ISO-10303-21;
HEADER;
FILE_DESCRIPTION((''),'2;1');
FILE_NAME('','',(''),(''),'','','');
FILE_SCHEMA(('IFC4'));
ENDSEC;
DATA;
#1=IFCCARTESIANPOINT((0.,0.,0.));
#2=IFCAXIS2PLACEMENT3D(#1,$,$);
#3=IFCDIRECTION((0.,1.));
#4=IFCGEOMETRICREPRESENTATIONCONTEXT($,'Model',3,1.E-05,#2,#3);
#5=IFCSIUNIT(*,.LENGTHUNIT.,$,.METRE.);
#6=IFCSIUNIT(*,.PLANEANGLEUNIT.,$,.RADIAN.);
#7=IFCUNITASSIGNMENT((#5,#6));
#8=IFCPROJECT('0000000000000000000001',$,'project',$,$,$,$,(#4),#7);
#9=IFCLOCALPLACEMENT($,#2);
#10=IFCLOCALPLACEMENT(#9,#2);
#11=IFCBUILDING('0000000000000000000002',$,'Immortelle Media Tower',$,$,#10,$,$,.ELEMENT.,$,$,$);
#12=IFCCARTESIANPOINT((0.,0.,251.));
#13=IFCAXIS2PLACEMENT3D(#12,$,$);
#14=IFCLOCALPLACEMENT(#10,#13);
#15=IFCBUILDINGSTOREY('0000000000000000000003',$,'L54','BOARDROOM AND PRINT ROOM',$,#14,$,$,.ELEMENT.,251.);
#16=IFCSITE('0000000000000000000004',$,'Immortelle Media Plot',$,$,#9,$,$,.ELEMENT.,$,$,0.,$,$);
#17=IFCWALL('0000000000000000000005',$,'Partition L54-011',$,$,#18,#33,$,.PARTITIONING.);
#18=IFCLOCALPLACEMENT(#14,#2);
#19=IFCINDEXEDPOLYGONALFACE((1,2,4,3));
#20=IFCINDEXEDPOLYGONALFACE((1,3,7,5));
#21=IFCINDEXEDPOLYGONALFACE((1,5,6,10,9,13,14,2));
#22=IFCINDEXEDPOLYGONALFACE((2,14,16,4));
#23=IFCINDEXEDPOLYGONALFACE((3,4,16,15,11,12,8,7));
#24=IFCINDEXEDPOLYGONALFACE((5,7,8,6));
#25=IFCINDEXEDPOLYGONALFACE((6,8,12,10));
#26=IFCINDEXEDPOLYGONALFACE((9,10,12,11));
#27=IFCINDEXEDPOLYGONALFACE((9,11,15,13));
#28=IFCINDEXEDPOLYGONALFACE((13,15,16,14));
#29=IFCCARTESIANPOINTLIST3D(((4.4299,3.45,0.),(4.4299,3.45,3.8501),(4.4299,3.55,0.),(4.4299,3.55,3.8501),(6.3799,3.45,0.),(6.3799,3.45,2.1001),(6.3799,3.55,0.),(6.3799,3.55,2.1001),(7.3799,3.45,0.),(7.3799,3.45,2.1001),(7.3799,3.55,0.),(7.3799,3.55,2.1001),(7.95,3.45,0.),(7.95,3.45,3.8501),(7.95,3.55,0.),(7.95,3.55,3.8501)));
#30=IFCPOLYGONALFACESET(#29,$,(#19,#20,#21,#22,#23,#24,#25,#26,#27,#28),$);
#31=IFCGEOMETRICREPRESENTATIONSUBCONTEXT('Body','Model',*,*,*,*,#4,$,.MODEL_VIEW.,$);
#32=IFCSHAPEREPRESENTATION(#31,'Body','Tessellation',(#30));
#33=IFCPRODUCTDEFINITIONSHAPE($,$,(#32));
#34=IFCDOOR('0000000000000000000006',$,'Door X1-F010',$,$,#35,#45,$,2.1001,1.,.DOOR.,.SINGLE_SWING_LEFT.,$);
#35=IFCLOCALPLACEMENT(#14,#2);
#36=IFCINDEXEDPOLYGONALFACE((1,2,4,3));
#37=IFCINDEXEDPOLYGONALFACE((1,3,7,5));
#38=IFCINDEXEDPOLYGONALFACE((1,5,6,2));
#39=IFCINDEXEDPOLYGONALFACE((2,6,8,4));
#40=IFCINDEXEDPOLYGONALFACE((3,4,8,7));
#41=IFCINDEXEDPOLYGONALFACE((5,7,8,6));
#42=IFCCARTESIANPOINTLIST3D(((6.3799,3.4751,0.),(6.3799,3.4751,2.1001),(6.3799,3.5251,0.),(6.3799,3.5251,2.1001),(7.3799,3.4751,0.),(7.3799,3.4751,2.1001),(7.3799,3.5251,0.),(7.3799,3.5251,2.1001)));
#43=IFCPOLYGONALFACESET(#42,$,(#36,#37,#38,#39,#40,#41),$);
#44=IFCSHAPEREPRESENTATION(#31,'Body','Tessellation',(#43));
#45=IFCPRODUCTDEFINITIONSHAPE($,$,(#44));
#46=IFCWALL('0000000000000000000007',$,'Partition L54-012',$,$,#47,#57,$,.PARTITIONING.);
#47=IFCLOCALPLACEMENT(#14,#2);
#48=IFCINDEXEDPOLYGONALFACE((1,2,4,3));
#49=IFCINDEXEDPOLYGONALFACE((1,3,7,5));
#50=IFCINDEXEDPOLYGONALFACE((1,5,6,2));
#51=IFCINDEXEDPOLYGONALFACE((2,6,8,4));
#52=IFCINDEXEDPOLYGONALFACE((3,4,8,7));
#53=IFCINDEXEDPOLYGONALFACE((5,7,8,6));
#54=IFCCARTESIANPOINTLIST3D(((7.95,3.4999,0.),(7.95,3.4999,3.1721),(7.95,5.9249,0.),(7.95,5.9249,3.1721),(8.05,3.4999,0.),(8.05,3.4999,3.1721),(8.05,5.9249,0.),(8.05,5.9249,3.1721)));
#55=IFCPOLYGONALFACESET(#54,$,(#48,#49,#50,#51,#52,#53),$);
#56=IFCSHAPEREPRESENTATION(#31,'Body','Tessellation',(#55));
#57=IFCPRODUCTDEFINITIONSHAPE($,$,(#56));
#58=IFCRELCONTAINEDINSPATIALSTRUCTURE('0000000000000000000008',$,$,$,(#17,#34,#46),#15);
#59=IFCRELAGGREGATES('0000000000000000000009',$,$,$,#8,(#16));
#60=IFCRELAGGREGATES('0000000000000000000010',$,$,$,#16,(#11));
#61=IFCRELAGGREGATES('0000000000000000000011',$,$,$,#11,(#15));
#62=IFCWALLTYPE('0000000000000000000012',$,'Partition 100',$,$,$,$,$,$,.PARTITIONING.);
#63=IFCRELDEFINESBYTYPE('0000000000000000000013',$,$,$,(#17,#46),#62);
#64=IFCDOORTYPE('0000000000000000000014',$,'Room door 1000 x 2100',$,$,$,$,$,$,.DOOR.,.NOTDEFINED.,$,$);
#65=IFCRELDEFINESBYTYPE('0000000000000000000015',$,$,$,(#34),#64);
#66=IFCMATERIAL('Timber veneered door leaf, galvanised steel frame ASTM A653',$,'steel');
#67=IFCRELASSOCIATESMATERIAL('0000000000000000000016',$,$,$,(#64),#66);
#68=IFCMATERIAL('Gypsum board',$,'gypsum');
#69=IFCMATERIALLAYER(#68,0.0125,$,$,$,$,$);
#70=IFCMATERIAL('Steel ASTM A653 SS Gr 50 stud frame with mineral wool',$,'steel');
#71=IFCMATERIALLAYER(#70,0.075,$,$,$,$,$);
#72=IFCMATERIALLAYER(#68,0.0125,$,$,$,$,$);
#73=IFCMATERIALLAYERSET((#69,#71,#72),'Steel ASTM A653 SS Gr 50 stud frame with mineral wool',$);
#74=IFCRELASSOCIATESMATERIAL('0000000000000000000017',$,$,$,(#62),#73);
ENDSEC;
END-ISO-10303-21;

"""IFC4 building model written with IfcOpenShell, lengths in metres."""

from ifc_helpers import new_model, si_unit, direction, frame, frame_2d, origin, place, context, subcontext, project, spatial, rectangle, extrude, material, layer, layer_set, type_object, element, fill, save


model = new_model("IFC4")

# Units and contexts
model_context = context("Model", 3, precision=1e-05, world=origin(), true_north=direction((0.0, 1.0)))
body_context = subcontext(model_context, "Body", "Model", "MODEL_VIEW")
ifc_project = project(units=[si_unit("LENGTHUNIT", "METRE"), si_unit("PLANEANGLEUNIT", "RADIAN")], contexts=[model_context])

# Site, building, storey
site_placement = place(None, origin())
site = spatial("IfcSite", under=ifc_project, at=site_placement, Name="Immortelle Media Plot", CompositionType="ELEMENT", RefElevation=0.0)
building_placement = place(site_placement, origin())
building = spatial("IfcBuilding", under=site, at=building_placement, Name="Immortelle Media Tower", CompositionType="ELEMENT")
storey_placement = place(building_placement, frame((0.0, 0.0, 251.0)))
storey = spatial("IfcBuildingStorey", under=building, at=storey_placement, Name="L54", Description="BOARDROOM AND PRINT ROOM", CompositionType="ELEMENT", Elevation=251.0)

# Shared definitions
ifc_material_1 = material(Name="Steel ASTM A653 SS Gr 50 stud frame with mineral wool", Category="steel")
ifc_material_2 = material(Name="Timber veneered door leaf, galvanised steel frame ASTM A653", Category="steel")
door_type = type_object("IfcDoorType", Name="Room door 1000 x 2100", OperationType="NOTDEFINED", PredefinedType="DOOR", material=ifc_material_2)

# Shared definitions
ifc_material_3 = material(Name="Gypsum board", Category="gypsum")
ifc_layer_1 = layer(ifc_material_3, 0.0125)
ifc_layer_2 = layer(ifc_material_1, 0.075)
ifc_layer_3 = layer(ifc_material_3, 0.0125)
ifc_layer_set_1 = layer_set([ifc_layer_1, ifc_layer_2, ifc_layer_3], Name="Steel ASTM A653 SS Gr 50 stud frame with mineral wool")
wall_type_1 = type_object("IfcWallType", Name="Partition 100", PredefinedType="PARTITIONING", material=ifc_layer_set_1)

# Wall, opening, door
wall_1_placement = place(storey_placement, frame((4.4299, 3.5, 0.0), z_axis=(0.0, 0.0, 1.0), x_axis=(1.0, 0.0, 0.0)))
wall_1 = element("IfcWall", 1, at=wall_1_placement, inside=storey, type_object=wall_type_1, Name="Partition L54-011", PredefinedType="PARTITIONING", context=body_context, shape_type="SweptSolid", body=[
    extrude(rectangle(XDim=3.52, YDim=0.1001, at=frame_2d((1.76, 0.0))), origin(), (0.0, 0.0, 1.0), 3.8501),
])
opening_1_placement = place(wall_1_placement, frame((2.95, 0.0, 0.0), z_axis=(0.0, 0.0, 1.0), x_axis=(-1.0, 0.0, 0.0)))
opening_1 = element("IfcOpeningElement", 2, at=opening_1_placement, cuts=wall_1, PredefinedType="OPENING", context=body_context, shape_type="SweptSolid", body=[
    extrude(rectangle(XDim=1.0, YDim=2.1001, at=frame_2d((0.5, 1.05))), frame((0.0, 0.0601, 0.0), z_axis=(0.0, -1.0, 0.0), x_axis=(1.0, 0.0, 0.0)), (0.0, 0.0, 1.0), 0.1201),
])
door_1_placement = place(opening_1_placement, origin())
door_1 = element("IfcDoor", 3, at=door_1_placement, inside=storey, type_object=door_type, Name="Door X1-F010", OperationType="SINGLE_SWING_LEFT", OverallHeight=2.1001, OverallWidth=1.0, PredefinedType="DOOR", context=body_context, shape_type="SweptSolid", body=[
    extrude(rectangle(XDim=1.0, YDim=2.1001, at=frame_2d((0.5, 1.05))), frame((0.0, 0.0249, 0.0), z_axis=(0.0, -1.0, 0.0), x_axis=(1.0, 0.0, 0.0)), (0.0, 0.0, 1.0), 0.05),
])
fill(opening_1, door_1)

# Wall
wall_2_placement = place(storey_placement, frame((8.0, 3.5, 0.0), z_axis=(0.0, 0.0, 1.0), x_axis=(0.0, 1.0, 0.0)))
element("IfcWall", 4, at=wall_2_placement, inside=storey, type_object=wall_type_1, Name="Partition L54-012", PredefinedType="PARTITIONING", context=body_context, shape_type="SweptSolid", body=[
    extrude(rectangle(XDim=2.425, YDim=0.1001, at=frame_2d((1.2124, 0.0))), origin(), (0.0, 0.0, 1.0), 3.1721),
])

save(model, "model.ifc")
